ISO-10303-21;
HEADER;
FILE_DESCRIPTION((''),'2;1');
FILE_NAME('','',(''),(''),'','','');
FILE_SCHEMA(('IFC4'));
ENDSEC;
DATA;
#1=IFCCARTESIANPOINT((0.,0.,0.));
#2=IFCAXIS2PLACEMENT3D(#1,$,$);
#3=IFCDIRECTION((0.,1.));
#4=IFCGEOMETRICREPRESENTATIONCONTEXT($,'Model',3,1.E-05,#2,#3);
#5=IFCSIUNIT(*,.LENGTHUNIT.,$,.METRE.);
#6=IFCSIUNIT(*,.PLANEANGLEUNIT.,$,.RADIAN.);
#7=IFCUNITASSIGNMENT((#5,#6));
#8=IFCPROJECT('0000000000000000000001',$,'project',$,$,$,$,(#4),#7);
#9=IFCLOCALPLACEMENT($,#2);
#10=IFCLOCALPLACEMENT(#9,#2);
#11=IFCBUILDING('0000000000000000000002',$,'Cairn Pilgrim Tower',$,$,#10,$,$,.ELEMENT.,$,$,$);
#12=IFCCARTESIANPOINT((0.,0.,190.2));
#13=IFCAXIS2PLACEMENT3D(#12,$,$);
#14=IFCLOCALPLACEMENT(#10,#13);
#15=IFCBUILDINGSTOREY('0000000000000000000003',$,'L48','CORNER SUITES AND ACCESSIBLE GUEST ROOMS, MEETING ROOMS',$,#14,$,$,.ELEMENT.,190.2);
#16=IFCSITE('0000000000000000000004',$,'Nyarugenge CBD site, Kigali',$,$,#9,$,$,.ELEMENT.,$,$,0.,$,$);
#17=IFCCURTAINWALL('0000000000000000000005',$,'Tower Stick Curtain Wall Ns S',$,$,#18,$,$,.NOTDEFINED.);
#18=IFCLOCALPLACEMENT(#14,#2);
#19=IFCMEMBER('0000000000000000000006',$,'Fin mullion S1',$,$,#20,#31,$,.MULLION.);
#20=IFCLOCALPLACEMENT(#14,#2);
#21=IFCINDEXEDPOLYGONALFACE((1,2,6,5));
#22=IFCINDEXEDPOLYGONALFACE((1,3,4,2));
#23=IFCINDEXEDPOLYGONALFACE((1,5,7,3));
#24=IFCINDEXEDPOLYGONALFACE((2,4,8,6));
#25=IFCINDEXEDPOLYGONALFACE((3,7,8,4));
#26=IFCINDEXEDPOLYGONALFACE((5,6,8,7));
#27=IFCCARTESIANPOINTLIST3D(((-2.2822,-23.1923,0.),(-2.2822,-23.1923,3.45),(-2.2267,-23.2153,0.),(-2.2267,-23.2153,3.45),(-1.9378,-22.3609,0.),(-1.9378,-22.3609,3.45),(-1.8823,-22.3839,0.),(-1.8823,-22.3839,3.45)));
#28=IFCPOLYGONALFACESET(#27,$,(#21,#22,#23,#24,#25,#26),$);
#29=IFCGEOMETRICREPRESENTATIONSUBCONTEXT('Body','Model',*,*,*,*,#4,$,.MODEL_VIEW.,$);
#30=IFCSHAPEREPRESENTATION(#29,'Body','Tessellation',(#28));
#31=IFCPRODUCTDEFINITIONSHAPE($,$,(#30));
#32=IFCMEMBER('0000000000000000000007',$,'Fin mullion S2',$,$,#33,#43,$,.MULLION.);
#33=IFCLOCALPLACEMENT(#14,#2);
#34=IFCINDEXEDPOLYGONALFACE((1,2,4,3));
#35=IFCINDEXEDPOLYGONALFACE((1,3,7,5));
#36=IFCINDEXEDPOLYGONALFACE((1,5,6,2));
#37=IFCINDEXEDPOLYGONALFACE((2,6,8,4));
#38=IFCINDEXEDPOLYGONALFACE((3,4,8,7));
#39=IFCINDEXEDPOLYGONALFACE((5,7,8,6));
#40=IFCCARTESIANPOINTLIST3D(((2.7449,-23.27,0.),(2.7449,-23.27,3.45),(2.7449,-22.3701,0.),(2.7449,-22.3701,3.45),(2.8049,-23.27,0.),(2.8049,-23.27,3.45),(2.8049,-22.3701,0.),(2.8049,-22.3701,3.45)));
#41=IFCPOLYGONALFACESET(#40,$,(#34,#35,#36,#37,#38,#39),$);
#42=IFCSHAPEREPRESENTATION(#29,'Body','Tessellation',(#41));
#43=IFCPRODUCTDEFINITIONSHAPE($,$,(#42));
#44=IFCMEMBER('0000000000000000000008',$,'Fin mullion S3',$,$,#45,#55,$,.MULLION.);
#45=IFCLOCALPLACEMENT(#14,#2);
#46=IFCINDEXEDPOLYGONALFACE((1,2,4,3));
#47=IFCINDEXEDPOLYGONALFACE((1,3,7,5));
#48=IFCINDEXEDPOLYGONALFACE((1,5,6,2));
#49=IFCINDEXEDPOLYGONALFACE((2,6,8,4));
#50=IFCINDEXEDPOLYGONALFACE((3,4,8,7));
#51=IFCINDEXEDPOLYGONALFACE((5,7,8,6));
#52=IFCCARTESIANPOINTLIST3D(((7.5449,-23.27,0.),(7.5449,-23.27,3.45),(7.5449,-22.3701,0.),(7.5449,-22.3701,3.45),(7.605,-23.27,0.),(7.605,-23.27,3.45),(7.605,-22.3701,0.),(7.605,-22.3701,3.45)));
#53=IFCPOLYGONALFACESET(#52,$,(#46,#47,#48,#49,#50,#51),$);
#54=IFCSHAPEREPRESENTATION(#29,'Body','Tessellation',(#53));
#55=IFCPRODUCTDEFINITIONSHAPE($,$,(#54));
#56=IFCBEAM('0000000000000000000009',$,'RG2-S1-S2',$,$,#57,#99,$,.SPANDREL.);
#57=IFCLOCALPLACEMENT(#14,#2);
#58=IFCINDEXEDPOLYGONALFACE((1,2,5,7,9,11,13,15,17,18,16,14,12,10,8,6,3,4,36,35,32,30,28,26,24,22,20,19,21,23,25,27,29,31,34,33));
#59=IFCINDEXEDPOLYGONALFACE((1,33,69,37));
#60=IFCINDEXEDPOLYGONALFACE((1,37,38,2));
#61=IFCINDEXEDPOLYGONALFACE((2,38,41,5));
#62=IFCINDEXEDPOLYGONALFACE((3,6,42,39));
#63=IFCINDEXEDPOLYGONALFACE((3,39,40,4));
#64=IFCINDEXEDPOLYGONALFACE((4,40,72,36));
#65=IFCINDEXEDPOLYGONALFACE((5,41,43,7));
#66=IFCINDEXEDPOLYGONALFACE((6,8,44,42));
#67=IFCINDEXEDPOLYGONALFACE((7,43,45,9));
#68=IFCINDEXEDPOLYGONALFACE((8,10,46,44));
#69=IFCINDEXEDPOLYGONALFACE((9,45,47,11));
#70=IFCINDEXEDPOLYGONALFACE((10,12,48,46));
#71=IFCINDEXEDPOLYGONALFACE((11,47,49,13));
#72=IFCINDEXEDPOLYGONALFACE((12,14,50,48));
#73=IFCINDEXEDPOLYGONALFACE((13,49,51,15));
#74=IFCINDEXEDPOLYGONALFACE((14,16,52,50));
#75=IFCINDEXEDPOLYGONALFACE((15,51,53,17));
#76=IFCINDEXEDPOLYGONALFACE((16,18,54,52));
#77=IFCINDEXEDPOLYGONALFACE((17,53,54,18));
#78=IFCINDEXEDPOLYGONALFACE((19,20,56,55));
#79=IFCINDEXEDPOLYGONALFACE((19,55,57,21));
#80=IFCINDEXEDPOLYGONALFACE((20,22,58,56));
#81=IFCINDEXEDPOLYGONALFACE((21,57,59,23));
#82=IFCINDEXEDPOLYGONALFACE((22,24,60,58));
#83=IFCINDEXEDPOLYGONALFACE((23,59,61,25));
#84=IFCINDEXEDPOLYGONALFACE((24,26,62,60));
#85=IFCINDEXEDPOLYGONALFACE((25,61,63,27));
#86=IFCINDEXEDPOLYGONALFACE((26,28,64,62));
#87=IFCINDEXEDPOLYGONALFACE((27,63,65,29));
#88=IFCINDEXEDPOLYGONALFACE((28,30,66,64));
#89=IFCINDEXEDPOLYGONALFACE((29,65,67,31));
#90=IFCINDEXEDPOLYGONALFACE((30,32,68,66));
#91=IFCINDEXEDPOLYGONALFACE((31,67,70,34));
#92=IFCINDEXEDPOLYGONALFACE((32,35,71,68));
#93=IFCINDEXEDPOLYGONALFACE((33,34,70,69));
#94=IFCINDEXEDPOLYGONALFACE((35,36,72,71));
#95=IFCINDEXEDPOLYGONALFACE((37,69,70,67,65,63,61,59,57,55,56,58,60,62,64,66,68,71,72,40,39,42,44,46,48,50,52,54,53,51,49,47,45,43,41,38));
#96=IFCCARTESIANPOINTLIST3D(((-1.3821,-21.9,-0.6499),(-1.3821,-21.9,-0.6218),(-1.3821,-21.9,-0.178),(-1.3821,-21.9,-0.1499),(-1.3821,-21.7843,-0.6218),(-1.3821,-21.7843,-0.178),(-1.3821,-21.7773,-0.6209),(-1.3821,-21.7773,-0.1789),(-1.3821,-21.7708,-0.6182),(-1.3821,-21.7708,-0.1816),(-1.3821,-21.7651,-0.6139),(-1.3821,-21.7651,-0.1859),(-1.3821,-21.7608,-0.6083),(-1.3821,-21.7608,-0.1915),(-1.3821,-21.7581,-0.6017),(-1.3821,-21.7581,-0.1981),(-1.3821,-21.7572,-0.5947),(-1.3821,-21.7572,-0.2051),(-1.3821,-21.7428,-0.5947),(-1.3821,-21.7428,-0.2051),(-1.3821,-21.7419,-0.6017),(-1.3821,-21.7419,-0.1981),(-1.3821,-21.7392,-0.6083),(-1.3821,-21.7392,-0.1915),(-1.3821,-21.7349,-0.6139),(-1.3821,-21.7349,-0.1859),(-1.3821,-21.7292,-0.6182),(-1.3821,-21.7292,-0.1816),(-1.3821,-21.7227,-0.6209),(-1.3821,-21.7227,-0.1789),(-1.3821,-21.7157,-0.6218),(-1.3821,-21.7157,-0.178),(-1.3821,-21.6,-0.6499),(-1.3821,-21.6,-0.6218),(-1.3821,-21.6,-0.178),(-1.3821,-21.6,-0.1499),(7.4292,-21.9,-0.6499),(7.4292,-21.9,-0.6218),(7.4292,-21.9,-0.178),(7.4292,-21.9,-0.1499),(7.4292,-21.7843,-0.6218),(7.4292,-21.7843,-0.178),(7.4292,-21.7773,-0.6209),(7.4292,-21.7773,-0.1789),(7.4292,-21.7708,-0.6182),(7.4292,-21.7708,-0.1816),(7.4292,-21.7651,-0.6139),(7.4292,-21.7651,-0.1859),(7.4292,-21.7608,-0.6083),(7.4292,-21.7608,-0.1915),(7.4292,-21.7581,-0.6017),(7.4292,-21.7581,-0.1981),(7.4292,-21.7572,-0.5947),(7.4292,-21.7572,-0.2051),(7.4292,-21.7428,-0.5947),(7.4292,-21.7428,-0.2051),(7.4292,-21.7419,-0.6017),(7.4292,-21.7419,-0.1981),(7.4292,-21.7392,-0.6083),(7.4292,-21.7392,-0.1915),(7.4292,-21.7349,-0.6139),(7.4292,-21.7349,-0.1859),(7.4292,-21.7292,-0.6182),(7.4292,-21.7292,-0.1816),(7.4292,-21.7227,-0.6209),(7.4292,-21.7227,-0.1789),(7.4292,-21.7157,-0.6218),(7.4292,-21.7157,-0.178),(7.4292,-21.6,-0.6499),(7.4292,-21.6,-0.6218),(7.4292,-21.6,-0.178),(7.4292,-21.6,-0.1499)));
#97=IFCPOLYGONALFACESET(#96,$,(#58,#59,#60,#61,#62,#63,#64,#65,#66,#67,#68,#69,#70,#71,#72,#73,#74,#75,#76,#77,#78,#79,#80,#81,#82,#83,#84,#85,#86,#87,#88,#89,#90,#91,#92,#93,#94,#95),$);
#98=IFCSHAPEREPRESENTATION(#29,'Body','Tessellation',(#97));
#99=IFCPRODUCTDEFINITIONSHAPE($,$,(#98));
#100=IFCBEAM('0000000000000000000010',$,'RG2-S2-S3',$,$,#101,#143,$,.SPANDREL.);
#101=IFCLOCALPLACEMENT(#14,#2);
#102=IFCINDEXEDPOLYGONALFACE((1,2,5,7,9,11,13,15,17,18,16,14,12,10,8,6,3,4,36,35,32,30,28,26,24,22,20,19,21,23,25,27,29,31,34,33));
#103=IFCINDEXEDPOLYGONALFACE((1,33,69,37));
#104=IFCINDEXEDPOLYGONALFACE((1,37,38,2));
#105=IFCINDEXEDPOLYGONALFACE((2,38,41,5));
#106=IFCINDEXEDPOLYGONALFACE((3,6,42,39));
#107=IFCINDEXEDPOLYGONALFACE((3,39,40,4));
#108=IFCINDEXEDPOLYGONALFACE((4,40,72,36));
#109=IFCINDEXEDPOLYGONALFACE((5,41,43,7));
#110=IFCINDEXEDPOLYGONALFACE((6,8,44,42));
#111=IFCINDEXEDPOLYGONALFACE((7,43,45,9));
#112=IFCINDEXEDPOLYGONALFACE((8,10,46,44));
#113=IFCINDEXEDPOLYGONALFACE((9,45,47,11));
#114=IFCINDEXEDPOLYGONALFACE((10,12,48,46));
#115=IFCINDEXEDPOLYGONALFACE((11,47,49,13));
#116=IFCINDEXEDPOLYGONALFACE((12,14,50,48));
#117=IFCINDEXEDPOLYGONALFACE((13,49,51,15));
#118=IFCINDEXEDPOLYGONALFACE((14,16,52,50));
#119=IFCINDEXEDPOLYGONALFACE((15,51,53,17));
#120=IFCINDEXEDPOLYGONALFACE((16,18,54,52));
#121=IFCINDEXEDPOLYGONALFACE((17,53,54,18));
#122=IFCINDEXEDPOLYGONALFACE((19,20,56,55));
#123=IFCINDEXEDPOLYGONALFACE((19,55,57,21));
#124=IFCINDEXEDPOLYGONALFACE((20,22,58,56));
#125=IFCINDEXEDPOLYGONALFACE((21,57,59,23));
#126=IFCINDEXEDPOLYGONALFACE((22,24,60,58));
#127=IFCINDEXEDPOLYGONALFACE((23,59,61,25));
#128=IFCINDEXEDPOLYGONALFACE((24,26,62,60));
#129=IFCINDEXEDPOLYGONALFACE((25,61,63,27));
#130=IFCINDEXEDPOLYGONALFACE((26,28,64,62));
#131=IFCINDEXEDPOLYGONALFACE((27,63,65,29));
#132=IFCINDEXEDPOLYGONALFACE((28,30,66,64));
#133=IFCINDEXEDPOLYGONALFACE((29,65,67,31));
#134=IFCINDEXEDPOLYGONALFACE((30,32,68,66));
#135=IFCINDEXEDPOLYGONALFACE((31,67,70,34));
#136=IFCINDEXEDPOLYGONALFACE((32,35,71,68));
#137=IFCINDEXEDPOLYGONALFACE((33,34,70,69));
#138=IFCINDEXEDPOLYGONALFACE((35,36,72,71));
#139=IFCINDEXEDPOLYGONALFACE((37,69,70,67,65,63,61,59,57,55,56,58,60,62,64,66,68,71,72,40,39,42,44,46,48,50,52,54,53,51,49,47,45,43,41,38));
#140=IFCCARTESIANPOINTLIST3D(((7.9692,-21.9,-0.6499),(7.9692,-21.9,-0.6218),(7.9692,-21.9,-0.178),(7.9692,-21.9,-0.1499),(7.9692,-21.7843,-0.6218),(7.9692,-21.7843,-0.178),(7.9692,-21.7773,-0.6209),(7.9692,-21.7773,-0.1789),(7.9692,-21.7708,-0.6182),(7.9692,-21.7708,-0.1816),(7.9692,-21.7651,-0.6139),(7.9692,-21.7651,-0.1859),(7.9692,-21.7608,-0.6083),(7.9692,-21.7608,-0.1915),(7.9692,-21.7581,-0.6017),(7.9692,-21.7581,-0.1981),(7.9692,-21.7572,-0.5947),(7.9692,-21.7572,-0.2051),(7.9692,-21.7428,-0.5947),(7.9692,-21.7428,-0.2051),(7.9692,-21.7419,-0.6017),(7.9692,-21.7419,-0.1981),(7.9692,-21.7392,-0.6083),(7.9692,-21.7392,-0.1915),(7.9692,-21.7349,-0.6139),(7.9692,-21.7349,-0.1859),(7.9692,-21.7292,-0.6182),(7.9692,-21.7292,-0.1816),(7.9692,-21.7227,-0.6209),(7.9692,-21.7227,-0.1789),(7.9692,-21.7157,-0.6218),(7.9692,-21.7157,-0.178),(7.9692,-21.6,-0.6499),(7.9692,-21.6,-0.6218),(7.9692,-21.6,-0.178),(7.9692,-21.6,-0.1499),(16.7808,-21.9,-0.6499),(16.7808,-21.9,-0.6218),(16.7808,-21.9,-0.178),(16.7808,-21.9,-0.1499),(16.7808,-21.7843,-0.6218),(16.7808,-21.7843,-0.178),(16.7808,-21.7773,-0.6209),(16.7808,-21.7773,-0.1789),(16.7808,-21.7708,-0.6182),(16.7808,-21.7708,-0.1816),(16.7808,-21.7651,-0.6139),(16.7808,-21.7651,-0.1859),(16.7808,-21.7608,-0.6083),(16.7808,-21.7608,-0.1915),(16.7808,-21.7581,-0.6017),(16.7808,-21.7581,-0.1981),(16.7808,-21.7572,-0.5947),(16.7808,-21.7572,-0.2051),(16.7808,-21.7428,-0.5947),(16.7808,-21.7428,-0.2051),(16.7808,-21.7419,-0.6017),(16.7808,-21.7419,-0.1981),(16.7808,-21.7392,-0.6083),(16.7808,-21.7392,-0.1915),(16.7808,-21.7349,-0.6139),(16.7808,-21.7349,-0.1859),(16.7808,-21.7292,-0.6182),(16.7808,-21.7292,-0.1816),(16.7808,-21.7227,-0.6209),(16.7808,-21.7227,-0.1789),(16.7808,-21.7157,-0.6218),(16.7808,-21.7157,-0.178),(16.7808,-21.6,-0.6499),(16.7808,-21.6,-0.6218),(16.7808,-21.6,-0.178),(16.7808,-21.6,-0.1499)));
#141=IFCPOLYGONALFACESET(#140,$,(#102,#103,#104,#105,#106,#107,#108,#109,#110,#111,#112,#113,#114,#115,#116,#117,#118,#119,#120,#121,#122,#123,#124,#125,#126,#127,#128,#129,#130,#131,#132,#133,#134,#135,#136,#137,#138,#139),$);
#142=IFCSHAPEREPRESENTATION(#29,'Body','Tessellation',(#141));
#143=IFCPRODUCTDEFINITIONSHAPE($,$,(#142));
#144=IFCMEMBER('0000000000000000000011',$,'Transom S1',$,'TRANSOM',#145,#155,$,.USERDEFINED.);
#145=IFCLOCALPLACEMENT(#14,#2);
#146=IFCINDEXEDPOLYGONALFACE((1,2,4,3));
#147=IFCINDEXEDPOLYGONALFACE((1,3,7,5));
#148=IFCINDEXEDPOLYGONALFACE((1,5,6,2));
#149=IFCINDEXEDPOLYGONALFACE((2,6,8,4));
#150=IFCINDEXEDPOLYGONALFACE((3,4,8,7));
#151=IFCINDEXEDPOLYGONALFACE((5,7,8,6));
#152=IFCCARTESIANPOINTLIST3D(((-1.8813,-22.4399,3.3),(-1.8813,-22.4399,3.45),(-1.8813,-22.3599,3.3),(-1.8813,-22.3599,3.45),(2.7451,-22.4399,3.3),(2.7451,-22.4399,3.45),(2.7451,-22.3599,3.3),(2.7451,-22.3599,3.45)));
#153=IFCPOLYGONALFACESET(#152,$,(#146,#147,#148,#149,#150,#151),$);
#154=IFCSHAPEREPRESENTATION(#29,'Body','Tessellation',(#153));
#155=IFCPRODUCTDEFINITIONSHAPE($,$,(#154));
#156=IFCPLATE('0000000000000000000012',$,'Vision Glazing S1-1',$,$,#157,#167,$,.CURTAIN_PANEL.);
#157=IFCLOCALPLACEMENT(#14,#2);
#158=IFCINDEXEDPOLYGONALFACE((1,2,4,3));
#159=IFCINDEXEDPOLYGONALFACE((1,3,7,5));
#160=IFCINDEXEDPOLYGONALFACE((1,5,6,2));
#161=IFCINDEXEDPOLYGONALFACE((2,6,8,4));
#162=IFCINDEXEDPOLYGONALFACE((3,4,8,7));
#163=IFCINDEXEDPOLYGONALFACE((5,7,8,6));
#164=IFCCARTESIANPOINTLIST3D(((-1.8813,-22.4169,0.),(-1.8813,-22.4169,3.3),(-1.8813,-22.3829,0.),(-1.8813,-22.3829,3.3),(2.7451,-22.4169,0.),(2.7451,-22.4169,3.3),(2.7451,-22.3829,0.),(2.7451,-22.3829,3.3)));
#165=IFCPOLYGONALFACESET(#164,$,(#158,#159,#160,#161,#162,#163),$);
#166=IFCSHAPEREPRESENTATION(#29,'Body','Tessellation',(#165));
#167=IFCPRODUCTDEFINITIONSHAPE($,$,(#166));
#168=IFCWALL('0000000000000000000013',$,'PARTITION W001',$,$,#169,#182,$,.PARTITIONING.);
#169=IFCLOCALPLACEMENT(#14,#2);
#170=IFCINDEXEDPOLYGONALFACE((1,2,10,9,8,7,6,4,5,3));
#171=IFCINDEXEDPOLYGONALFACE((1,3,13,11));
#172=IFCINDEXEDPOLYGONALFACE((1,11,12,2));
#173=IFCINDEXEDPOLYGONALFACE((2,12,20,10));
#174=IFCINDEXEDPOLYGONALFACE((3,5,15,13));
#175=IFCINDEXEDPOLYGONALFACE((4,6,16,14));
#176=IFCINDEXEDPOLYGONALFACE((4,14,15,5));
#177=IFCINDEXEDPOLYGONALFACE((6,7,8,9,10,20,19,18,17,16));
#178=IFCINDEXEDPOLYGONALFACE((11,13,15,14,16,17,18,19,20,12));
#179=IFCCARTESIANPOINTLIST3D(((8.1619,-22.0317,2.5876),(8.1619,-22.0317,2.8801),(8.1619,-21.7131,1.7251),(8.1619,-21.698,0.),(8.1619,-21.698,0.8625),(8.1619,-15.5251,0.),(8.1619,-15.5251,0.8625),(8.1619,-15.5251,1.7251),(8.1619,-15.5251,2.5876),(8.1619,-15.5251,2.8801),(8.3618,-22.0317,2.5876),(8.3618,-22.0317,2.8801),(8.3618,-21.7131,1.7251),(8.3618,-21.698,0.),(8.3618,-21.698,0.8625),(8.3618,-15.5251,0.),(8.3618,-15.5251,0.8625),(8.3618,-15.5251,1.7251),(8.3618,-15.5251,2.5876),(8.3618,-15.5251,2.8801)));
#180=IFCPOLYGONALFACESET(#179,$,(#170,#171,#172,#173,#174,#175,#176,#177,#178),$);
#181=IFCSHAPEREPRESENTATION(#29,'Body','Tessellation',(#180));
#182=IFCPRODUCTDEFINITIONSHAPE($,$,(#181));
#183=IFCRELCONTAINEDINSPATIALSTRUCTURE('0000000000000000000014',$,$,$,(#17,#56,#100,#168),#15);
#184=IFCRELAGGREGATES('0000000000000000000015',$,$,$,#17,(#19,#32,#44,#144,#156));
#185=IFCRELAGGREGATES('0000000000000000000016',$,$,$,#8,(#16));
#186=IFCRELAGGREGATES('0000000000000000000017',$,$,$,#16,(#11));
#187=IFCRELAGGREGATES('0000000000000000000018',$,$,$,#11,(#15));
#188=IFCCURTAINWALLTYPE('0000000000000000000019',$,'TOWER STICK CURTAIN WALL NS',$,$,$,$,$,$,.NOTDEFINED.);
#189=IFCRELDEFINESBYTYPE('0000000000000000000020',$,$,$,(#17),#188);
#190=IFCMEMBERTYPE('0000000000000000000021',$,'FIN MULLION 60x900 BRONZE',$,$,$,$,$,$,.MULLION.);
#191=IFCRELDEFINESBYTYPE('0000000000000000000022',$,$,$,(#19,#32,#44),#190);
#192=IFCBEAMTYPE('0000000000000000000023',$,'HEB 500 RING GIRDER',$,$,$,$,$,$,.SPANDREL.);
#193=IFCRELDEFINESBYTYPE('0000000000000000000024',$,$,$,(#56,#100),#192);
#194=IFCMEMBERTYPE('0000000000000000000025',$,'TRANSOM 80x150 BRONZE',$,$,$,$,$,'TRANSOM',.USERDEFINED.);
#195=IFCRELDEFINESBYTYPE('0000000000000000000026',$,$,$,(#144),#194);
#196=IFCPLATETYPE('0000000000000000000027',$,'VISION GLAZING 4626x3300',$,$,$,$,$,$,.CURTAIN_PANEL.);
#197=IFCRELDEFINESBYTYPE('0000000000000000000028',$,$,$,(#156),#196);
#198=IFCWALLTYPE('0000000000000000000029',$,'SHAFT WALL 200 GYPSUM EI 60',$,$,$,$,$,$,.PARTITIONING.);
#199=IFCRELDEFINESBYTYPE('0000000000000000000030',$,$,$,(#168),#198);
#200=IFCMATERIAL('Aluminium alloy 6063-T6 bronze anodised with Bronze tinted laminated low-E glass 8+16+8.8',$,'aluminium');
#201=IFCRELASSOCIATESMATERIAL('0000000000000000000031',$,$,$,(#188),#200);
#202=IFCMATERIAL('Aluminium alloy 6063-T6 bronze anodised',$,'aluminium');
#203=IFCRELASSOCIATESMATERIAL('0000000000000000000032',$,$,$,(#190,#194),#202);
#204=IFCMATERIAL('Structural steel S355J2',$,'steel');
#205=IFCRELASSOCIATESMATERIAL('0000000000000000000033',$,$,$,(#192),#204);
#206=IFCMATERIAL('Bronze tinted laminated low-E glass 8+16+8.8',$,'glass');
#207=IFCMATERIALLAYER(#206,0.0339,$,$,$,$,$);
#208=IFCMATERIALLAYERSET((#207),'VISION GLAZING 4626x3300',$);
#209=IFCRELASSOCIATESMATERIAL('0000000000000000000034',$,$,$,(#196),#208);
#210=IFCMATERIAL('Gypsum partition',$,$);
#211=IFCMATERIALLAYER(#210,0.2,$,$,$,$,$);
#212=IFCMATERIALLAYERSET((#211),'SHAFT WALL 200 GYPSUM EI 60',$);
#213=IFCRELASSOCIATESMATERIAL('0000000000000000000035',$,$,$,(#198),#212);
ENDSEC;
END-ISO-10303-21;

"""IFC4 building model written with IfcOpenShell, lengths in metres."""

from ifc_helpers import new_model, si_unit, direction, frame, origin, origin_2d, place, context, subcontext, project, spatial, polyline, rectangle, i_section, outline, extrude, material, layer, layer_set, material_profile, profile_set, type_object, element, aggregate, save


model = new_model("IFC4")

# Units and contexts
model_context = context("Model", 3, precision=1e-05, world=origin(), true_north=direction((0.0, 1.0)))
body_context = subcontext(model_context, "Body", "Model", "MODEL_VIEW")
ifc_project = project(units=[si_unit("LENGTHUNIT", "METRE"), si_unit("PLANEANGLEUNIT", "RADIAN")], contexts=[model_context])

# Site, building, storey
site_placement = place(None, origin())
site = spatial("IfcSite", under=ifc_project, at=site_placement, Name="Nyarugenge CBD site, Kigali", CompositionType="ELEMENT", RefElevation=0.0)
building_placement = place(site_placement, origin())
building = spatial("IfcBuilding", under=site, at=building_placement, Name="Cairn Pilgrim Tower", CompositionType="ELEMENT")
storey_placement = place(building_placement, frame((0.0, 0.0, 190.2)))
storey = spatial("IfcBuildingStorey", under=building, at=storey_placement, Name="L48", Description="CORNER SUITES AND ACCESSIBLE GUEST ROOMS, MEETING ROOMS", CompositionType="ELEMENT", Elevation=190.2)

# Curtain wall, members
ifc_material_1 = material(Name="Aluminium alloy 6063-T6 bronze anodised with Bronze tinted laminated low-E glass 8+16+8.8", Category="aluminium")
curtain_wall_type = type_object("IfcCurtainWallType", Name="TOWER STICK CURTAIN WALL NS", PredefinedType="NOTDEFINED", material=ifc_material_1)
curtain_wall_placement = place(storey_placement, origin())
curtain_wall = element("IfcCurtainWall", 1, at=curtain_wall_placement, inside=storey, type_object=curtain_wall_type, Name="Tower Stick Curtain Wall Ns S", PredefinedType="NOTDEFINED")
ifc_material_2 = material(Name="Aluminium alloy 6063-T6 bronze anodised", Category="aluminium")
ifc_material_profile_1 = material_profile(ifc_material_2, rectangle(XDim=0.8999, YDim=0.0601, at=origin_2d()), Name="FIN MULLION 60x900 BRONZE")
ifc_profile_set_1 = profile_set([ifc_material_profile_1], Name="Aluminium alloy 6063-T6 bronze anodised")
member_type_1 = type_object("IfcMemberType", Name="FIN MULLION 60x900 BRONZE", PredefinedType="MULLION", material=ifc_profile_set_1)
member_1_placement = place(storey_placement, frame((-2.0823, -22.7881, 0.0), z_axis=(0.0, 0.0, 1.0), x_axis=(-0.382683, -0.92388, 0.0)))
member_1 = element("IfcMember", 2, at=member_1_placement, type_object=member_type_1, Name="Fin mullion S1", PredefinedType="MULLION", context=body_context, shape_type="SweptSolid", body=[
    extrude(rectangle(XDim=0.8999, YDim=0.0601, at=origin_2d()), origin(), (0.0, 0.0, 1.0), 3.45),
])
member_2_placement = place(storey_placement, frame((2.7749, -22.8201, 0.0), z_axis=(0.0, 0.0, 1.0), x_axis=(0.0, -1.0, 0.0)))
member_2 = element("IfcMember", 3, at=member_2_placement, type_object=member_type_1, Name="Fin mullion S2", PredefinedType="MULLION", context=body_context, shape_type="SweptSolid", body=[
    extrude(rectangle(XDim=0.8999, YDim=0.0601, at=origin_2d()), origin(), (0.0, 0.0, 1.0), 3.45),
])
member_3_placement = place(storey_placement, frame((7.575, -22.8201, 0.0), z_axis=(0.0, 0.0, 1.0), x_axis=(0.0, -1.0, 0.0)))
member_3 = element("IfcMember", 4, at=member_3_placement, type_object=member_type_1, Name="Fin mullion S3", PredefinedType="MULLION", context=body_context, shape_type="SweptSolid", body=[
    extrude(rectangle(XDim=0.8999, YDim=0.0601, at=origin_2d()), origin(), (0.0, 0.0, 1.0), 3.45),
])

# Beams
ifc_material_3 = material(Name="Structural steel S355J2", Category="steel")
ifc_material_profile_2 = material_profile(ifc_material_3, i_section(OverallWidth=0.3, OverallDepth=0.5, WebThickness=0.0144, FlangeThickness=0.0281, FilletRadius=0.0271, at=origin_2d()), Name="HEB 500")
ifc_profile_set_2 = profile_set([ifc_material_profile_2], Name="Structural steel S355J2")
beam_type = type_object("IfcBeamType", Name="HEB 500 RING GIRDER", PredefinedType="SPANDREL", material=ifc_profile_set_2)
beam_1_placement = place(storey_placement, frame((-1.3821, -21.75, -0.3999), z_axis=(1.0, 0.0, 0.0), x_axis=(0.0, 1.0, 0.0)))
element("IfcBeam", 5, at=beam_1_placement, inside=storey, type_object=beam_type, Name="RG2-S1-S2", PredefinedType="SPANDREL", context=body_context, shape_type="SweptSolid", body=[
    extrude(i_section(OverallWidth=0.3, OverallDepth=0.5, WebThickness=0.0144, FlangeThickness=0.0281, FilletRadius=0.0271, at=origin_2d()), origin(), (0.0, 0.0, 1.0), 8.8113),
])
beam_2_placement = place(storey_placement, frame((7.9692, -21.75, -0.3999), z_axis=(1.0, 0.0, 0.0), x_axis=(0.0, 1.0, 0.0)))
element("IfcBeam", 6, at=beam_2_placement, inside=storey, type_object=beam_type, Name="RG2-S2-S3", PredefinedType="SPANDREL", context=body_context, shape_type="SweptSolid", body=[
    extrude(i_section(OverallWidth=0.3, OverallDepth=0.5, WebThickness=0.0144, FlangeThickness=0.0281, FilletRadius=0.0271, at=origin_2d()), origin(), (0.0, 0.0, 1.0), 8.8115),
])

# Member
ifc_material_profile_3 = material_profile(ifc_material_2, rectangle(XDim=0.0801, YDim=0.1499, at=origin_2d()), Name="TRANSOM 80x150 BRONZE")
ifc_profile_set_3 = profile_set([ifc_material_profile_3], Name="Aluminium alloy 6063-T6 bronze anodised")
member_type_2 = type_object("IfcMemberType", Name="TRANSOM 80x150 BRONZE", ElementType="TRANSOM", PredefinedType="USERDEFINED", material=ifc_profile_set_3)
member_4_placement = place(storey_placement, frame((-1.8813, -22.3999, 3.375), z_axis=(1.0, 0.0, 0.0), x_axis=(0.0, 1.0, 0.0)))
member_4 = element("IfcMember", 7, at=member_4_placement, type_object=member_type_2, Name="Transom S1", ObjectType="TRANSOM", PredefinedType="USERDEFINED", context=body_context, shape_type="SweptSolid", body=[
    extrude(rectangle(XDim=0.0801, YDim=0.1499, at=origin_2d()), origin(), (0.0, 0.0, 1.0), 4.6265),
])

# Plate
ifc_material_4 = material(Name="Bronze tinted laminated low-E glass 8+16+8.8", Category="glass")
ifc_layer_1 = layer(ifc_material_4, 0.0339)
ifc_layer_set_1 = layer_set([ifc_layer_1], Name="VISION GLAZING 4626x3300")
plate_type = type_object("IfcPlateType", Name="VISION GLAZING 4626x3300", PredefinedType="CURTAIN_PANEL", material=ifc_layer_set_1)
plate_placement = place(storey_placement, frame((0.4319, -22.3999, 0.0), z_axis=(0.0, 0.0, 1.0), x_axis=(1.0, 0.0, 0.0)))
plate = element("IfcPlate", 8, at=plate_placement, type_object=plate_type, Name="Vision Glazing S1-1", PredefinedType="CURTAIN_PANEL", context=body_context, shape_type="SweptSolid", body=[
    extrude(rectangle(XDim=4.6265, YDim=0.0339, at=origin_2d()), origin(), (0.0, 0.0, 1.0), 3.3),
])
aggregate(curtain_wall, [member_1, member_2, member_3, member_4, plate])

# Wall
ifc_material_5 = material(Name="Gypsum partition")
ifc_layer_2 = layer(ifc_material_5, 0.2)
ifc_layer_set_2 = layer_set([ifc_layer_2], Name="SHAFT WALL 200 GYPSUM EI 60")
wall_type_1 = type_object("IfcWallType", Name="SHAFT WALL 200 GYPSUM EI 60", PredefinedType="PARTITIONING", material=ifc_layer_set_2)
wall_1_placement = place(storey_placement, frame((8.262, -22.0317, 0.0), z_axis=(0.0, 0.0, 1.0), x_axis=(0.0, 1.0, 0.0)))
element("IfcWall", 9, at=wall_1_placement, inside=storey, type_object=wall_type_1, Name="PARTITION W001", PredefinedType="PARTITIONING", context=body_context, shape_type="SweptSolid", body=[
    extrude(outline(polyline([(0.3337, 0.0), (6.5066, 0.0), (6.5066, 0.8625), (6.5066, 1.7251), (6.5066, 2.5876), (6.5066, 2.8801), (0.0, 2.8801), (0.0, 2.5876), (0.3186, 1.7251), (0.3337, 0.8625), (0.3337, 0.0)])), frame((0.0, 0.1001, 0.0), z_axis=(0.0, -1.0, 0.0), x_axis=(1.0, 0.0, 0.0)), (0.0, 0.0, 1.0), 0.2),
])

save(model, "model.ifc")
